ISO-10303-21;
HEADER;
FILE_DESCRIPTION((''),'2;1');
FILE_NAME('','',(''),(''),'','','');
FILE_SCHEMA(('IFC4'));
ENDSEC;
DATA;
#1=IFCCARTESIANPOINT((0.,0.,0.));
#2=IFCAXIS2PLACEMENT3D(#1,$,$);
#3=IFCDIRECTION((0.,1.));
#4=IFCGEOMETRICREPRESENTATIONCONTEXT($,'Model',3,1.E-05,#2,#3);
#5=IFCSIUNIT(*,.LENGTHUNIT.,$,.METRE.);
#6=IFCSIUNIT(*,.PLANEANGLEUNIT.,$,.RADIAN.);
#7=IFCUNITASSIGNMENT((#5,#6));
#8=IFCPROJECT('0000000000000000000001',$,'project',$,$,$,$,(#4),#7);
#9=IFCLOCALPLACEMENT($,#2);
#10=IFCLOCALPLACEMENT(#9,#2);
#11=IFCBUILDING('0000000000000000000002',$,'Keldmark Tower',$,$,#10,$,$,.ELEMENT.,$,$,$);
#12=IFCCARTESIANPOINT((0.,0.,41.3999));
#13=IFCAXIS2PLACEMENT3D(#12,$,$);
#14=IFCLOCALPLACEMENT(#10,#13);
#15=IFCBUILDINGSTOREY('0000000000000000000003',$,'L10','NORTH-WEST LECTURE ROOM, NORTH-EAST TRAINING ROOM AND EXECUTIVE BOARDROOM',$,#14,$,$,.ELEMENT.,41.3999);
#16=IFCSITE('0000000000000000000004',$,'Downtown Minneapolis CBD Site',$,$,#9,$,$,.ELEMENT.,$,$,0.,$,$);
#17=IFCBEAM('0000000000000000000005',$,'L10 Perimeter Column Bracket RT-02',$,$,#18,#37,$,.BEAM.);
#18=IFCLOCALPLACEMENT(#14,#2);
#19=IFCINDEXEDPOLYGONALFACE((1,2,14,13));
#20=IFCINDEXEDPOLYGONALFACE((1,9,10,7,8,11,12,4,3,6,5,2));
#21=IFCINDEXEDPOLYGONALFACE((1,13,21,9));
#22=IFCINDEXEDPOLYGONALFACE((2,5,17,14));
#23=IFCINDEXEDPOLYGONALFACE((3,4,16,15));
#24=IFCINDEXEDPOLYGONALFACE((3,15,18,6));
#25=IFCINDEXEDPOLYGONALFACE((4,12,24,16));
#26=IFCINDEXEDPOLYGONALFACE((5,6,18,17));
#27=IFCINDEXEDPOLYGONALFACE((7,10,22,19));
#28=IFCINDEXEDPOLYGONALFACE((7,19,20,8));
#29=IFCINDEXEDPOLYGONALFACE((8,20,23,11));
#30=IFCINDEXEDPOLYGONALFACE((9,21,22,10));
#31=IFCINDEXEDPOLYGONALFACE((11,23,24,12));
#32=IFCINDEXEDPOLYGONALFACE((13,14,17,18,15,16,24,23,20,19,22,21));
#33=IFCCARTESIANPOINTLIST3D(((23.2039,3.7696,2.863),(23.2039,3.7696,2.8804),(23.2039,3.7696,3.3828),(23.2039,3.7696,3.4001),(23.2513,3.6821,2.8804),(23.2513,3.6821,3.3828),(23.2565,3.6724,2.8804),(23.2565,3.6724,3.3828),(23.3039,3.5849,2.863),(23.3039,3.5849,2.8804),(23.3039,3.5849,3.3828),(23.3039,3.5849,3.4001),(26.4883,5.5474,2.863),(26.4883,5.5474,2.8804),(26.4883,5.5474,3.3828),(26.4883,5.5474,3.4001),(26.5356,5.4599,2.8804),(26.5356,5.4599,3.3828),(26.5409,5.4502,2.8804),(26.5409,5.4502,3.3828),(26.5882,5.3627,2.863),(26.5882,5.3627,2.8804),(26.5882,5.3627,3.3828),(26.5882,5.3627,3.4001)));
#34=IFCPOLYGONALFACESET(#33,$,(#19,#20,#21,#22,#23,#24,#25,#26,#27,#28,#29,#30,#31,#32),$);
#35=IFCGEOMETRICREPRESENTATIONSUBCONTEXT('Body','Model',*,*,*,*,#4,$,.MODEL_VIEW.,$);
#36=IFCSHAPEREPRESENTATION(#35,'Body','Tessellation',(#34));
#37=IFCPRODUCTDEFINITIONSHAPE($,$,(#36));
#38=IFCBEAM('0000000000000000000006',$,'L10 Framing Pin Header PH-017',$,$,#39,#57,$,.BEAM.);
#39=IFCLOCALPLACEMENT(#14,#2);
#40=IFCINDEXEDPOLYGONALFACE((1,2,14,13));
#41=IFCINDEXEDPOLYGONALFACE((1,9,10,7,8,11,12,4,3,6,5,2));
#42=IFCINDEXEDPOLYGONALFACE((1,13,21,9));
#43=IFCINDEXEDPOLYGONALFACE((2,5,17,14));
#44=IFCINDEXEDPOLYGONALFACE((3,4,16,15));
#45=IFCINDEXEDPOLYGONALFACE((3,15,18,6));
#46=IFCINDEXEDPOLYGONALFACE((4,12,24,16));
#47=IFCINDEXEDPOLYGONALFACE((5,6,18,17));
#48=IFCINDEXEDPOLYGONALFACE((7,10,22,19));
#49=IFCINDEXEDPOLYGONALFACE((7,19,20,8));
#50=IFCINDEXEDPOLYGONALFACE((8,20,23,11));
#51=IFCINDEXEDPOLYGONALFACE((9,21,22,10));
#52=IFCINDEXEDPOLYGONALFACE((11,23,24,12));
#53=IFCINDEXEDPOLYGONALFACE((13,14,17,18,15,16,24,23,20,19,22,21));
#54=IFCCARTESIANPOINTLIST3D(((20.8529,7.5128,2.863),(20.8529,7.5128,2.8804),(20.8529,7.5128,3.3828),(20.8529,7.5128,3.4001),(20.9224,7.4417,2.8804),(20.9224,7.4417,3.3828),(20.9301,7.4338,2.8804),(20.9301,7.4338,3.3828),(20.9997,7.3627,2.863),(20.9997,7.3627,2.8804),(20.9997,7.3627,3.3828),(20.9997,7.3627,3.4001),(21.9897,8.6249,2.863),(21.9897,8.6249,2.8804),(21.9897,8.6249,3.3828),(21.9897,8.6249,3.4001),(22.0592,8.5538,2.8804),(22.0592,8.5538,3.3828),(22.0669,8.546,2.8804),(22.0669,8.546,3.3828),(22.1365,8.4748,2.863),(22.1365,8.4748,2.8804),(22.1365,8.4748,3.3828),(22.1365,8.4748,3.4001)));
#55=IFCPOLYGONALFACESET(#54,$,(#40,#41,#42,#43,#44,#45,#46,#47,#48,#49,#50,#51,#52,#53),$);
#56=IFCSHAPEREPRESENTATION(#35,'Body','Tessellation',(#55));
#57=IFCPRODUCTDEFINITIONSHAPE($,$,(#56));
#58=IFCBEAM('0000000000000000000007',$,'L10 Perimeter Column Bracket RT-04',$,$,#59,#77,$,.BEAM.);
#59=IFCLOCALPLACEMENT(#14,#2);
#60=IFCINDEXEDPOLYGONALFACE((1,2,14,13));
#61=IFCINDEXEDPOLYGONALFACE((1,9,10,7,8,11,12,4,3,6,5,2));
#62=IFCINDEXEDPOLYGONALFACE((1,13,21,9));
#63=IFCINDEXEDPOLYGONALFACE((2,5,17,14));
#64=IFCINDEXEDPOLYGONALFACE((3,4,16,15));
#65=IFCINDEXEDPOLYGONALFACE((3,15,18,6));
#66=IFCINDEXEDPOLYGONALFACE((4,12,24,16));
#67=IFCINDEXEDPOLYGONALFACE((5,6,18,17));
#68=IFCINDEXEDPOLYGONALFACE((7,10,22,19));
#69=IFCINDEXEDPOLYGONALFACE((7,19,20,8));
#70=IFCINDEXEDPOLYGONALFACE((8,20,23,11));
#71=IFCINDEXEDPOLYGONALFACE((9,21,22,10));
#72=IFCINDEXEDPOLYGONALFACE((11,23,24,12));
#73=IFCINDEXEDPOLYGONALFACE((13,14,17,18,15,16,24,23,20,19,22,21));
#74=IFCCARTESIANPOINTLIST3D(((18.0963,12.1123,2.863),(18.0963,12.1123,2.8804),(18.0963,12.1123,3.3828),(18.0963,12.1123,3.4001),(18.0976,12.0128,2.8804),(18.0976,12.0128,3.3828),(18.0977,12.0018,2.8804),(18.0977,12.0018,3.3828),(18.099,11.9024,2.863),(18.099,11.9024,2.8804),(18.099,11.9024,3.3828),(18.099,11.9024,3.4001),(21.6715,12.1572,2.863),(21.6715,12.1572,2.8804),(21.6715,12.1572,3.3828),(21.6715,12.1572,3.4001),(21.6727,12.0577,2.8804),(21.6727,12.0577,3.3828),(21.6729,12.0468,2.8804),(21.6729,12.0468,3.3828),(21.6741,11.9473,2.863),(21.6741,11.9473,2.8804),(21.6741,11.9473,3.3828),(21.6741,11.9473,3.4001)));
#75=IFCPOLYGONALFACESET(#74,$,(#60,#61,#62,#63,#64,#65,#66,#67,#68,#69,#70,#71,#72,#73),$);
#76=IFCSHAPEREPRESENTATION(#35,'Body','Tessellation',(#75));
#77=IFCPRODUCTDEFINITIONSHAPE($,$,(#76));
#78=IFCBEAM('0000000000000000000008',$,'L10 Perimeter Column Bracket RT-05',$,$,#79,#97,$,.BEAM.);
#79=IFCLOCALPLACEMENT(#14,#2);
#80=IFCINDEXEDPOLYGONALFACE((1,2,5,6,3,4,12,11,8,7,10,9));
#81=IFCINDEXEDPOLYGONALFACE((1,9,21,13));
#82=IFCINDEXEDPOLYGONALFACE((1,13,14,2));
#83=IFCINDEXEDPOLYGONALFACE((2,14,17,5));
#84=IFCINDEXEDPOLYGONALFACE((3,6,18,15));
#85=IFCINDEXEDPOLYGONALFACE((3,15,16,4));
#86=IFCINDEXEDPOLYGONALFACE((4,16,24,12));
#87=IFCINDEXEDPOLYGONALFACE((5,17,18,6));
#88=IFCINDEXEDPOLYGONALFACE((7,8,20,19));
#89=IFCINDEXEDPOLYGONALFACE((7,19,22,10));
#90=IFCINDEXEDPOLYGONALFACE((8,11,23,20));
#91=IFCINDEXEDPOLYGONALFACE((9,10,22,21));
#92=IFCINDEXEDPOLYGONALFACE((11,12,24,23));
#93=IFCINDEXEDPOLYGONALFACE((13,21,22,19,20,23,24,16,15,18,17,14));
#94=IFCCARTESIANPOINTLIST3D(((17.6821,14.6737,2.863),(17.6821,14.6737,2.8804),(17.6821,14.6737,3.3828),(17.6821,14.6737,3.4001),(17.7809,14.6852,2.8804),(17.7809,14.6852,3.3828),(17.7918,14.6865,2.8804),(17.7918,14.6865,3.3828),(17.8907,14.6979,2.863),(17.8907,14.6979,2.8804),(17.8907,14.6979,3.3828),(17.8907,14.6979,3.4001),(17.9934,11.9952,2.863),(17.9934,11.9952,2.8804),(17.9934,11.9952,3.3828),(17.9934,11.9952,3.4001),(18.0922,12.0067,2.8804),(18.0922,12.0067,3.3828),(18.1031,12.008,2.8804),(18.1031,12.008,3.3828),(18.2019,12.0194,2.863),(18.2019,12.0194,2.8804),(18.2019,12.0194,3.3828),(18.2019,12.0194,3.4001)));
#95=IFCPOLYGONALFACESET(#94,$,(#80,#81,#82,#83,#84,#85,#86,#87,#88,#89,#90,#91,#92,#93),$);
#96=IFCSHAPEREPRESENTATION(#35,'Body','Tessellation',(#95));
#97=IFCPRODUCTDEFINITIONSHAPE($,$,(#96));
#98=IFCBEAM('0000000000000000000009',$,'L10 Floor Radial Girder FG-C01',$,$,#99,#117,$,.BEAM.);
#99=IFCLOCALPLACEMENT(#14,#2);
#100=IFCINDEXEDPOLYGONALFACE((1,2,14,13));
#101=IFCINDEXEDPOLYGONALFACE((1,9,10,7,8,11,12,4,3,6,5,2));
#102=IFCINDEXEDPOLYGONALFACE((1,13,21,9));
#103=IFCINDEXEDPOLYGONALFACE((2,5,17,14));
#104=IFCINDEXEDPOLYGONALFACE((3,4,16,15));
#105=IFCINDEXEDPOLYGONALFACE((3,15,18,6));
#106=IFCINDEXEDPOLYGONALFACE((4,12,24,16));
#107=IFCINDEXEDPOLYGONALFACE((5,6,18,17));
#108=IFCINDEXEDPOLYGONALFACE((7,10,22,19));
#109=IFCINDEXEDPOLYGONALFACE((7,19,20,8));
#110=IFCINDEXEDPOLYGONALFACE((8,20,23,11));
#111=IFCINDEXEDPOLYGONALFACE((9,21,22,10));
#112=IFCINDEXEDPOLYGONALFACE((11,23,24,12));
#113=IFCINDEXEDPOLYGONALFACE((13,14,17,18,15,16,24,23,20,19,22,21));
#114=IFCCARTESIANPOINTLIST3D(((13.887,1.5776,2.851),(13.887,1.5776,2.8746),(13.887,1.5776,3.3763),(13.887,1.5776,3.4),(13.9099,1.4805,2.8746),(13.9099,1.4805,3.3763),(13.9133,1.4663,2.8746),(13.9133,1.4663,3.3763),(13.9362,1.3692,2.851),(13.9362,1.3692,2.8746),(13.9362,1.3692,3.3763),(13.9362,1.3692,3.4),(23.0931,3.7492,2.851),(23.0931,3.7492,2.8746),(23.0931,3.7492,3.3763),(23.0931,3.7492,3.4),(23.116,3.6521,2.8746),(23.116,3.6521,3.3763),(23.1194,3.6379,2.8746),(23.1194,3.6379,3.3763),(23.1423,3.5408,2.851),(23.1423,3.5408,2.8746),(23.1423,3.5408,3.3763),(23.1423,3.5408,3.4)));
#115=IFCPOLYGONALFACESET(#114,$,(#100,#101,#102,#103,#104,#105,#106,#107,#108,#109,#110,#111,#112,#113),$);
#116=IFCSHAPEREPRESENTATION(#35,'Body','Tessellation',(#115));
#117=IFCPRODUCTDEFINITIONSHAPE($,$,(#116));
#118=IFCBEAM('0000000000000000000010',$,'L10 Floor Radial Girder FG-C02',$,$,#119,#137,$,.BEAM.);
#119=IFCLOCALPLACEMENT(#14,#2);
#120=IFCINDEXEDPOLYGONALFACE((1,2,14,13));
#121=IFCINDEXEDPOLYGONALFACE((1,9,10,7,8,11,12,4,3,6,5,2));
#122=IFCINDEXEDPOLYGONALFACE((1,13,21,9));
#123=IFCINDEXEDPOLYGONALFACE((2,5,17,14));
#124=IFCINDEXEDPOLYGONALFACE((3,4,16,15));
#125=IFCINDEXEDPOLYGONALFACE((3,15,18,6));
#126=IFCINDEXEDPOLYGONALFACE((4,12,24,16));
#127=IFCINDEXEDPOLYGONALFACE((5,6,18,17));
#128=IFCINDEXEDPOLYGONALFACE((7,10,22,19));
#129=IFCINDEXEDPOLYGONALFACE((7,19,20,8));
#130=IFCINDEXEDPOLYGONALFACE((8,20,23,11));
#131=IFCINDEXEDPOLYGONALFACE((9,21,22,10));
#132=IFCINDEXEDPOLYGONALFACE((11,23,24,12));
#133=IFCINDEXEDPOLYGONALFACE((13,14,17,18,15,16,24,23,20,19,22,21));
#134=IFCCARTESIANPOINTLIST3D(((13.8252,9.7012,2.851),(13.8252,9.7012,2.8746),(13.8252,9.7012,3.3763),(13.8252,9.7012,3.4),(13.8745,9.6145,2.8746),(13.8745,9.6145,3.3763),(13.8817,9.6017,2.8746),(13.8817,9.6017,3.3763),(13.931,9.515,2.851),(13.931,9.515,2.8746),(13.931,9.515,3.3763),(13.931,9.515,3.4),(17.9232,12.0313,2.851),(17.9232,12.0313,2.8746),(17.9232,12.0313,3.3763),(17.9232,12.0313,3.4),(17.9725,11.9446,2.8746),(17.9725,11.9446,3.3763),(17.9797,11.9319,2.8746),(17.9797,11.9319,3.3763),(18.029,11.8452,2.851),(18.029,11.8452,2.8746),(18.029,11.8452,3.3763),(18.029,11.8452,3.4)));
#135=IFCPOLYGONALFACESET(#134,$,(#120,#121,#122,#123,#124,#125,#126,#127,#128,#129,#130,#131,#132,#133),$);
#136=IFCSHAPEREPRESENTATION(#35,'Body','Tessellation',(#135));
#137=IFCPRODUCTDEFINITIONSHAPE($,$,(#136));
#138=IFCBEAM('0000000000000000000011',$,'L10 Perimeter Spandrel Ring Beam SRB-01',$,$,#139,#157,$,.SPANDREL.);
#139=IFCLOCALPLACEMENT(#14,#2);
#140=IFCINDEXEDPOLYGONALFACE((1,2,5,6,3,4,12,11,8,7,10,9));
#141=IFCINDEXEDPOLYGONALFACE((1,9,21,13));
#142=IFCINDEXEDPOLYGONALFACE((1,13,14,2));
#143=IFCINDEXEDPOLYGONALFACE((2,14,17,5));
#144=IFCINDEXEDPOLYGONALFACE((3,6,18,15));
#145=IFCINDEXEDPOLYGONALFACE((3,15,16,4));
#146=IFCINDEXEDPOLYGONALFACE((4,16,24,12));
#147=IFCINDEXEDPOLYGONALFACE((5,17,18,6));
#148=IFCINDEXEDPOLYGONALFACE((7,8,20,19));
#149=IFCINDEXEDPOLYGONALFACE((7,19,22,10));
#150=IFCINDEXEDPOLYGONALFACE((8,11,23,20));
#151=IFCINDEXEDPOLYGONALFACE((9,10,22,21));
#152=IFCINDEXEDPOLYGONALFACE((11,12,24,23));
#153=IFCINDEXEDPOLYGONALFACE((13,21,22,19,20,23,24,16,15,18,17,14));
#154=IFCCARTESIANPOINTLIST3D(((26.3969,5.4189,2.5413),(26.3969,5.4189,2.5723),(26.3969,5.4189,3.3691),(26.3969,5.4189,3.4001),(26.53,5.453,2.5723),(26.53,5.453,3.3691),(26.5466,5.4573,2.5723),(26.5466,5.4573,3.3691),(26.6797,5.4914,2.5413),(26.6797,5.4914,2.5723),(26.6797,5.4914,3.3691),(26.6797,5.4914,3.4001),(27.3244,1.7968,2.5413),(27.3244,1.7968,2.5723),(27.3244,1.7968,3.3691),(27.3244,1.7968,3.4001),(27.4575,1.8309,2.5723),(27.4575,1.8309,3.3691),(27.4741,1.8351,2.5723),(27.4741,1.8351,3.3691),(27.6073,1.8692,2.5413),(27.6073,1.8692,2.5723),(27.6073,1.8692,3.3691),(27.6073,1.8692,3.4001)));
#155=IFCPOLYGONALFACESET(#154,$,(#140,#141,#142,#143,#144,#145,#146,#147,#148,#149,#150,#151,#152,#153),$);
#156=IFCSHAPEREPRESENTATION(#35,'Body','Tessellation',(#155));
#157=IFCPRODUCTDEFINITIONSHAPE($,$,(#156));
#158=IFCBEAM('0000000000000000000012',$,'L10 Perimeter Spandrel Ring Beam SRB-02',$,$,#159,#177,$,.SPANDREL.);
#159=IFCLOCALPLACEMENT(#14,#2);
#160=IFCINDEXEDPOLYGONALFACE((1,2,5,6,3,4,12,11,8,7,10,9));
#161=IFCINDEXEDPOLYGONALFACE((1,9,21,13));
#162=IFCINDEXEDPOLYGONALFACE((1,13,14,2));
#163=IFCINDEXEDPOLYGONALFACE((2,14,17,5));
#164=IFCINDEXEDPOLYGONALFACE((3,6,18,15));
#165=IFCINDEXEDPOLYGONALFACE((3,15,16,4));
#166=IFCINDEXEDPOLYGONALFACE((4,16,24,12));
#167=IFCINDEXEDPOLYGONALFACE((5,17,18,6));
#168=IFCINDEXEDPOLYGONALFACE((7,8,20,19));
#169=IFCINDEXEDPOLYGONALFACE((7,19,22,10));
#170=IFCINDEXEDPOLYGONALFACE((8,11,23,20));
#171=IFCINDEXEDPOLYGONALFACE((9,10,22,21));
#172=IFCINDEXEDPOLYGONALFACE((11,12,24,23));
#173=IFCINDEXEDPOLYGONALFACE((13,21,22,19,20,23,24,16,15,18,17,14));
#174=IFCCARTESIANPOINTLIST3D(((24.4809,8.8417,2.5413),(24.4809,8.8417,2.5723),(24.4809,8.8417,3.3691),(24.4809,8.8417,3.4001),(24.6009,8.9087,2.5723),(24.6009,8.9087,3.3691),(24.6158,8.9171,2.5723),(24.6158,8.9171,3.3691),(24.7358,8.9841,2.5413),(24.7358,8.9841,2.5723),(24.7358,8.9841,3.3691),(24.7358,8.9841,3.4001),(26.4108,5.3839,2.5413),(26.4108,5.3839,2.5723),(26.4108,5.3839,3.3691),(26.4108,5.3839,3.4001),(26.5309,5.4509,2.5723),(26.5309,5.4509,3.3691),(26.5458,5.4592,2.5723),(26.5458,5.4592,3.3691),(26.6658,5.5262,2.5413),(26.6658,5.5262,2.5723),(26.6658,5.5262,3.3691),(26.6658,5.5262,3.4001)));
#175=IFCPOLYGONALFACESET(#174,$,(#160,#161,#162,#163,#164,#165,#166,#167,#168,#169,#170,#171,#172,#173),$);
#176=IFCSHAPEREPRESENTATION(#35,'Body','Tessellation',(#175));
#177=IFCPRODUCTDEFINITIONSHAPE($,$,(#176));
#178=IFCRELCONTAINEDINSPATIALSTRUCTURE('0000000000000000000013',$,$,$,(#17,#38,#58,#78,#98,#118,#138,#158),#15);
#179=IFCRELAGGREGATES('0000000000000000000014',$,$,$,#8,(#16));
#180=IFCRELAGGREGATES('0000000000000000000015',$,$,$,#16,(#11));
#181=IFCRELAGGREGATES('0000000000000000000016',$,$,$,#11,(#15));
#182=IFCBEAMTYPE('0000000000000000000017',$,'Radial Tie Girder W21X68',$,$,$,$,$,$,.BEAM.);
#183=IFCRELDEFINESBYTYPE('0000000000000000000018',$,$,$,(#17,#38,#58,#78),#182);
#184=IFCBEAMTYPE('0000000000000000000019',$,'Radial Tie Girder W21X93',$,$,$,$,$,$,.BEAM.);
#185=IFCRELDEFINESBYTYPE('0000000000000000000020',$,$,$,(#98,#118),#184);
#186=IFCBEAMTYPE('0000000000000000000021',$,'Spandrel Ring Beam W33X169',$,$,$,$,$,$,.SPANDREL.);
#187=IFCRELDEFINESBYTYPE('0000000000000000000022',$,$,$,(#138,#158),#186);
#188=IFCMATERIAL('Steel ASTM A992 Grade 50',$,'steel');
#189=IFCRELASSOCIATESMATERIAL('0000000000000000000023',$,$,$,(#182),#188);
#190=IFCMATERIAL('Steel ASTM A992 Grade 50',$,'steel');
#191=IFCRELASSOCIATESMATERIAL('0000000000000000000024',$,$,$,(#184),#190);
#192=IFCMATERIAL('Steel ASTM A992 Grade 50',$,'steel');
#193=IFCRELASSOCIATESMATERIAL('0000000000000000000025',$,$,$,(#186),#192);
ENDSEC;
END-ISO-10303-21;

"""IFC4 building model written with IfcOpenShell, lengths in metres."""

from ifc_helpers import new_model, si_unit, direction, frame, origin, origin_2d, place, context, subcontext, project, spatial, i_section, extrude, material, material_profile, profile_set, type_object, element, save


model = new_model("IFC4")

# Units and contexts
model_context = context("Model", 3, precision=1e-05, world=origin(), true_north=direction((0.0, 1.0)))
body_context = subcontext(model_context, "Body", "Model", "MODEL_VIEW")
ifc_project = project(units=[si_unit("LENGTHUNIT", "METRE"), si_unit("PLANEANGLEUNIT", "RADIAN")], contexts=[model_context])

# Site, building, storey
site_placement = place(None, origin())
site = spatial("IfcSite", under=ifc_project, at=site_placement, Name="Downtown Minneapolis CBD Site", CompositionType="ELEMENT", RefElevation=0.0)
building_placement = place(site_placement, origin())
building = spatial("IfcBuilding", under=site, at=building_placement, Name="Keldmark Tower", CompositionType="ELEMENT")
storey_placement = place(building_placement, frame((0.0, 0.0, 41.3999)))
storey = spatial("IfcBuildingStorey", under=building, at=storey_placement, Name="L10", Description="NORTH-WEST LECTURE ROOM, NORTH-EAST TRAINING ROOM AND EXECUTIVE BOARDROOM", CompositionType="ELEMENT", Elevation=41.3999)

# Beams
ifc_material_1 = material(Name="Steel ASTM A992 Grade 50", Category="steel")
ifc_material_profile_1 = material_profile(ifc_material_1, i_section(OverallWidth=0.21, OverallDepth=0.5371, WebThickness=0.011, FlangeThickness=0.0173, at=origin_2d()), Name="W21X68")
ifc_profile_set_1 = profile_set([ifc_material_profile_1], Name="Steel ASTM A992 Grade 50")
beam_type_1 = type_object("IfcBeamType", Name="Radial Tie Girder W21X68", PredefinedType="BEAM", material=ifc_profile_set_1)
beam_1_placement = place(storey_placement, frame((23.2539, 3.6772, 3.1316), z_axis=(0.87943, 0.476028, 0.0), x_axis=(-0.476028, 0.87943, 0.0)))
element("IfcBeam", 1, at=beam_1_placement, inside=storey, type_object=beam_type_1, Name="L10 Perimeter Column Bracket RT-02", PredefinedType="BEAM", context=body_context, shape_type="SweptSolid", body=[
    extrude(i_section(OverallWidth=0.21, OverallDepth=0.5371, WebThickness=0.011, FlangeThickness=0.0173, at=origin_2d()), origin(), (0.0, 0.0, 1.0), 3.7346),
])
beam_2_placement = place(storey_placement, frame((20.9263, 7.4377, 3.1316), z_axis=(0.714817, 0.699311, 0.0), x_axis=(-0.699311, 0.714817, 0.0)))
element("IfcBeam", 2, at=beam_2_placement, inside=storey, type_object=beam_type_1, Name="L10 Framing Pin Header PH-017", PredefinedType="BEAM", context=body_context, shape_type="SweptSolid", body=[
    extrude(i_section(OverallWidth=0.21, OverallDepth=0.5371, WebThickness=0.011, FlangeThickness=0.0173, at=origin_2d()), origin(), (0.0, 0.0, 1.0), 1.5903),
])
beam_3_placement = place(storey_placement, frame((18.0977, 12.0073, 3.1316), z_axis=(0.999921, 0.012564, 0.0), x_axis=(-0.012564, 0.999921, 0.0)))
element("IfcBeam", 3, at=beam_3_placement, inside=storey, type_object=beam_type_1, Name="L10 Perimeter Column Bracket RT-04", PredefinedType="BEAM", context=body_context, shape_type="SweptSolid", body=[
    extrude(i_section(OverallWidth=0.21, OverallDepth=0.5371, WebThickness=0.011, FlangeThickness=0.0173, at=origin_2d()), origin(), (0.0, 0.0, 1.0), 3.5754),
])
beam_4_placement = place(storey_placement, frame((18.0977, 12.0073, 3.1316), z_axis=(-0.115439, 0.993315, 0.0), x_axis=(-0.993315, -0.115439, 0.0)))
element("IfcBeam", 4, at=beam_4_placement, inside=storey, type_object=beam_type_1, Name="L10 Perimeter Column Bracket RT-05", PredefinedType="BEAM", context=body_context, shape_type="SweptSolid", body=[
    extrude(i_section(OverallWidth=0.21, OverallDepth=0.5371, WebThickness=0.011, FlangeThickness=0.0173, at=origin_2d()), origin(), (0.0, 0.0, 1.0), 2.6965),
])
ifc_material_2 = material(Name="Steel ASTM A992 Grade 50", Category="steel")
ifc_material_profile_2 = material_profile(ifc_material_2, i_section(OverallWidth=0.2141, OverallDepth=0.5491, WebThickness=0.0146, FlangeThickness=0.0237, at=origin_2d()), Name="W21X93")
ifc_profile_set_2 = profile_set([ifc_material_profile_2], Name="Steel ASTM A992 Grade 50")
beam_type_2 = type_object("IfcBeamType", Name="Radial Tie Girder W21X93", PredefinedType="BEAM", material=ifc_profile_set_2)
beam_5_placement = place(storey_placement, frame((23.1177, 3.645, 3.1255), z_axis=(-0.973287, -0.22959, 0.0), x_axis=(0.22959, -0.973287, 0.0)))
element("IfcBeam", 5, at=beam_5_placement, inside=storey, type_object=beam_type_2, Name="L10 Floor Radial Girder FG-C01", PredefinedType="BEAM", context=body_context, shape_type="SweptSolid", body=[
    extrude(i_section(OverallWidth=0.2141, OverallDepth=0.5491, WebThickness=0.0146, FlangeThickness=0.0237, at=origin_2d()), origin(), (0.0, 0.0, 1.0), 9.4587),
])
beam_6_placement = place(storey_placement, frame((17.9761, 11.9382, 3.1255), z_axis=(-0.869299, -0.494286, 0.0), x_axis=(0.494286, -0.869299, 0.0)))
element("IfcBeam", 6, at=beam_6_placement, inside=storey, type_object=beam_type_2, Name="L10 Floor Radial Girder FG-C02", PredefinedType="BEAM", context=body_context, shape_type="SweptSolid", body=[
    extrude(i_section(OverallWidth=0.2141, OverallDepth=0.5491, WebThickness=0.0146, FlangeThickness=0.0237, at=origin_2d()), origin(), (0.0, 0.0, 1.0), 4.7141),
])
ifc_material_3 = material(Name="Steel ASTM A992 Grade 50", Category="steel")
ifc_material_profile_3 = material_profile(ifc_material_3, i_section(OverallWidth=0.292, OverallDepth=0.8589, WebThickness=0.0171, FlangeThickness=0.031, at=origin_2d()), Name="W33X169")
ifc_profile_set_3 = profile_set([ifc_material_profile_3], Name="Steel ASTM A992 Grade 50")
beam_type_3 = type_object("IfcBeamType", Name="Spandrel Ring Beam W33X169", PredefinedType="SPANDREL", material=ifc_profile_set_3)
beam_7_placement = place(storey_placement, frame((27.4658, 1.833, 2.9707), z_axis=(-0.248063, 0.968744, 0.0), x_axis=(-0.968744, -0.248063, 0.0)))
element("IfcBeam", 7, at=beam_7_placement, inside=storey, type_object=beam_type_3, Name="L10 Perimeter Spandrel Ring Beam SRB-01", PredefinedType="SPANDREL", context=body_context, shape_type="SweptSolid", body=[
    extrude(i_section(OverallWidth=0.292, OverallDepth=0.8589, WebThickness=0.0171, FlangeThickness=0.031, at=origin_2d()), origin(), (0.0, 0.0, 1.0), 3.739),
])
beam_8_placement = place(storey_placement, frame((26.5383, 5.4551, 2.9707), z_axis=(-0.487369, 0.873196, 0.0), x_axis=(-0.873196, -0.487369, 0.0)))
element("IfcBeam", 8, at=beam_8_placement, inside=storey, type_object=beam_type_3, Name="L10 Perimeter Spandrel Ring Beam SRB-02", PredefinedType="SPANDREL", context=body_context, shape_type="SweptSolid", body=[
    extrude(i_section(OverallWidth=0.292, OverallDepth=0.8589, WebThickness=0.0171, FlangeThickness=0.031, at=origin_2d()), origin(), (0.0, 0.0, 1.0), 3.96),
])

save(model, "model.ifc")
